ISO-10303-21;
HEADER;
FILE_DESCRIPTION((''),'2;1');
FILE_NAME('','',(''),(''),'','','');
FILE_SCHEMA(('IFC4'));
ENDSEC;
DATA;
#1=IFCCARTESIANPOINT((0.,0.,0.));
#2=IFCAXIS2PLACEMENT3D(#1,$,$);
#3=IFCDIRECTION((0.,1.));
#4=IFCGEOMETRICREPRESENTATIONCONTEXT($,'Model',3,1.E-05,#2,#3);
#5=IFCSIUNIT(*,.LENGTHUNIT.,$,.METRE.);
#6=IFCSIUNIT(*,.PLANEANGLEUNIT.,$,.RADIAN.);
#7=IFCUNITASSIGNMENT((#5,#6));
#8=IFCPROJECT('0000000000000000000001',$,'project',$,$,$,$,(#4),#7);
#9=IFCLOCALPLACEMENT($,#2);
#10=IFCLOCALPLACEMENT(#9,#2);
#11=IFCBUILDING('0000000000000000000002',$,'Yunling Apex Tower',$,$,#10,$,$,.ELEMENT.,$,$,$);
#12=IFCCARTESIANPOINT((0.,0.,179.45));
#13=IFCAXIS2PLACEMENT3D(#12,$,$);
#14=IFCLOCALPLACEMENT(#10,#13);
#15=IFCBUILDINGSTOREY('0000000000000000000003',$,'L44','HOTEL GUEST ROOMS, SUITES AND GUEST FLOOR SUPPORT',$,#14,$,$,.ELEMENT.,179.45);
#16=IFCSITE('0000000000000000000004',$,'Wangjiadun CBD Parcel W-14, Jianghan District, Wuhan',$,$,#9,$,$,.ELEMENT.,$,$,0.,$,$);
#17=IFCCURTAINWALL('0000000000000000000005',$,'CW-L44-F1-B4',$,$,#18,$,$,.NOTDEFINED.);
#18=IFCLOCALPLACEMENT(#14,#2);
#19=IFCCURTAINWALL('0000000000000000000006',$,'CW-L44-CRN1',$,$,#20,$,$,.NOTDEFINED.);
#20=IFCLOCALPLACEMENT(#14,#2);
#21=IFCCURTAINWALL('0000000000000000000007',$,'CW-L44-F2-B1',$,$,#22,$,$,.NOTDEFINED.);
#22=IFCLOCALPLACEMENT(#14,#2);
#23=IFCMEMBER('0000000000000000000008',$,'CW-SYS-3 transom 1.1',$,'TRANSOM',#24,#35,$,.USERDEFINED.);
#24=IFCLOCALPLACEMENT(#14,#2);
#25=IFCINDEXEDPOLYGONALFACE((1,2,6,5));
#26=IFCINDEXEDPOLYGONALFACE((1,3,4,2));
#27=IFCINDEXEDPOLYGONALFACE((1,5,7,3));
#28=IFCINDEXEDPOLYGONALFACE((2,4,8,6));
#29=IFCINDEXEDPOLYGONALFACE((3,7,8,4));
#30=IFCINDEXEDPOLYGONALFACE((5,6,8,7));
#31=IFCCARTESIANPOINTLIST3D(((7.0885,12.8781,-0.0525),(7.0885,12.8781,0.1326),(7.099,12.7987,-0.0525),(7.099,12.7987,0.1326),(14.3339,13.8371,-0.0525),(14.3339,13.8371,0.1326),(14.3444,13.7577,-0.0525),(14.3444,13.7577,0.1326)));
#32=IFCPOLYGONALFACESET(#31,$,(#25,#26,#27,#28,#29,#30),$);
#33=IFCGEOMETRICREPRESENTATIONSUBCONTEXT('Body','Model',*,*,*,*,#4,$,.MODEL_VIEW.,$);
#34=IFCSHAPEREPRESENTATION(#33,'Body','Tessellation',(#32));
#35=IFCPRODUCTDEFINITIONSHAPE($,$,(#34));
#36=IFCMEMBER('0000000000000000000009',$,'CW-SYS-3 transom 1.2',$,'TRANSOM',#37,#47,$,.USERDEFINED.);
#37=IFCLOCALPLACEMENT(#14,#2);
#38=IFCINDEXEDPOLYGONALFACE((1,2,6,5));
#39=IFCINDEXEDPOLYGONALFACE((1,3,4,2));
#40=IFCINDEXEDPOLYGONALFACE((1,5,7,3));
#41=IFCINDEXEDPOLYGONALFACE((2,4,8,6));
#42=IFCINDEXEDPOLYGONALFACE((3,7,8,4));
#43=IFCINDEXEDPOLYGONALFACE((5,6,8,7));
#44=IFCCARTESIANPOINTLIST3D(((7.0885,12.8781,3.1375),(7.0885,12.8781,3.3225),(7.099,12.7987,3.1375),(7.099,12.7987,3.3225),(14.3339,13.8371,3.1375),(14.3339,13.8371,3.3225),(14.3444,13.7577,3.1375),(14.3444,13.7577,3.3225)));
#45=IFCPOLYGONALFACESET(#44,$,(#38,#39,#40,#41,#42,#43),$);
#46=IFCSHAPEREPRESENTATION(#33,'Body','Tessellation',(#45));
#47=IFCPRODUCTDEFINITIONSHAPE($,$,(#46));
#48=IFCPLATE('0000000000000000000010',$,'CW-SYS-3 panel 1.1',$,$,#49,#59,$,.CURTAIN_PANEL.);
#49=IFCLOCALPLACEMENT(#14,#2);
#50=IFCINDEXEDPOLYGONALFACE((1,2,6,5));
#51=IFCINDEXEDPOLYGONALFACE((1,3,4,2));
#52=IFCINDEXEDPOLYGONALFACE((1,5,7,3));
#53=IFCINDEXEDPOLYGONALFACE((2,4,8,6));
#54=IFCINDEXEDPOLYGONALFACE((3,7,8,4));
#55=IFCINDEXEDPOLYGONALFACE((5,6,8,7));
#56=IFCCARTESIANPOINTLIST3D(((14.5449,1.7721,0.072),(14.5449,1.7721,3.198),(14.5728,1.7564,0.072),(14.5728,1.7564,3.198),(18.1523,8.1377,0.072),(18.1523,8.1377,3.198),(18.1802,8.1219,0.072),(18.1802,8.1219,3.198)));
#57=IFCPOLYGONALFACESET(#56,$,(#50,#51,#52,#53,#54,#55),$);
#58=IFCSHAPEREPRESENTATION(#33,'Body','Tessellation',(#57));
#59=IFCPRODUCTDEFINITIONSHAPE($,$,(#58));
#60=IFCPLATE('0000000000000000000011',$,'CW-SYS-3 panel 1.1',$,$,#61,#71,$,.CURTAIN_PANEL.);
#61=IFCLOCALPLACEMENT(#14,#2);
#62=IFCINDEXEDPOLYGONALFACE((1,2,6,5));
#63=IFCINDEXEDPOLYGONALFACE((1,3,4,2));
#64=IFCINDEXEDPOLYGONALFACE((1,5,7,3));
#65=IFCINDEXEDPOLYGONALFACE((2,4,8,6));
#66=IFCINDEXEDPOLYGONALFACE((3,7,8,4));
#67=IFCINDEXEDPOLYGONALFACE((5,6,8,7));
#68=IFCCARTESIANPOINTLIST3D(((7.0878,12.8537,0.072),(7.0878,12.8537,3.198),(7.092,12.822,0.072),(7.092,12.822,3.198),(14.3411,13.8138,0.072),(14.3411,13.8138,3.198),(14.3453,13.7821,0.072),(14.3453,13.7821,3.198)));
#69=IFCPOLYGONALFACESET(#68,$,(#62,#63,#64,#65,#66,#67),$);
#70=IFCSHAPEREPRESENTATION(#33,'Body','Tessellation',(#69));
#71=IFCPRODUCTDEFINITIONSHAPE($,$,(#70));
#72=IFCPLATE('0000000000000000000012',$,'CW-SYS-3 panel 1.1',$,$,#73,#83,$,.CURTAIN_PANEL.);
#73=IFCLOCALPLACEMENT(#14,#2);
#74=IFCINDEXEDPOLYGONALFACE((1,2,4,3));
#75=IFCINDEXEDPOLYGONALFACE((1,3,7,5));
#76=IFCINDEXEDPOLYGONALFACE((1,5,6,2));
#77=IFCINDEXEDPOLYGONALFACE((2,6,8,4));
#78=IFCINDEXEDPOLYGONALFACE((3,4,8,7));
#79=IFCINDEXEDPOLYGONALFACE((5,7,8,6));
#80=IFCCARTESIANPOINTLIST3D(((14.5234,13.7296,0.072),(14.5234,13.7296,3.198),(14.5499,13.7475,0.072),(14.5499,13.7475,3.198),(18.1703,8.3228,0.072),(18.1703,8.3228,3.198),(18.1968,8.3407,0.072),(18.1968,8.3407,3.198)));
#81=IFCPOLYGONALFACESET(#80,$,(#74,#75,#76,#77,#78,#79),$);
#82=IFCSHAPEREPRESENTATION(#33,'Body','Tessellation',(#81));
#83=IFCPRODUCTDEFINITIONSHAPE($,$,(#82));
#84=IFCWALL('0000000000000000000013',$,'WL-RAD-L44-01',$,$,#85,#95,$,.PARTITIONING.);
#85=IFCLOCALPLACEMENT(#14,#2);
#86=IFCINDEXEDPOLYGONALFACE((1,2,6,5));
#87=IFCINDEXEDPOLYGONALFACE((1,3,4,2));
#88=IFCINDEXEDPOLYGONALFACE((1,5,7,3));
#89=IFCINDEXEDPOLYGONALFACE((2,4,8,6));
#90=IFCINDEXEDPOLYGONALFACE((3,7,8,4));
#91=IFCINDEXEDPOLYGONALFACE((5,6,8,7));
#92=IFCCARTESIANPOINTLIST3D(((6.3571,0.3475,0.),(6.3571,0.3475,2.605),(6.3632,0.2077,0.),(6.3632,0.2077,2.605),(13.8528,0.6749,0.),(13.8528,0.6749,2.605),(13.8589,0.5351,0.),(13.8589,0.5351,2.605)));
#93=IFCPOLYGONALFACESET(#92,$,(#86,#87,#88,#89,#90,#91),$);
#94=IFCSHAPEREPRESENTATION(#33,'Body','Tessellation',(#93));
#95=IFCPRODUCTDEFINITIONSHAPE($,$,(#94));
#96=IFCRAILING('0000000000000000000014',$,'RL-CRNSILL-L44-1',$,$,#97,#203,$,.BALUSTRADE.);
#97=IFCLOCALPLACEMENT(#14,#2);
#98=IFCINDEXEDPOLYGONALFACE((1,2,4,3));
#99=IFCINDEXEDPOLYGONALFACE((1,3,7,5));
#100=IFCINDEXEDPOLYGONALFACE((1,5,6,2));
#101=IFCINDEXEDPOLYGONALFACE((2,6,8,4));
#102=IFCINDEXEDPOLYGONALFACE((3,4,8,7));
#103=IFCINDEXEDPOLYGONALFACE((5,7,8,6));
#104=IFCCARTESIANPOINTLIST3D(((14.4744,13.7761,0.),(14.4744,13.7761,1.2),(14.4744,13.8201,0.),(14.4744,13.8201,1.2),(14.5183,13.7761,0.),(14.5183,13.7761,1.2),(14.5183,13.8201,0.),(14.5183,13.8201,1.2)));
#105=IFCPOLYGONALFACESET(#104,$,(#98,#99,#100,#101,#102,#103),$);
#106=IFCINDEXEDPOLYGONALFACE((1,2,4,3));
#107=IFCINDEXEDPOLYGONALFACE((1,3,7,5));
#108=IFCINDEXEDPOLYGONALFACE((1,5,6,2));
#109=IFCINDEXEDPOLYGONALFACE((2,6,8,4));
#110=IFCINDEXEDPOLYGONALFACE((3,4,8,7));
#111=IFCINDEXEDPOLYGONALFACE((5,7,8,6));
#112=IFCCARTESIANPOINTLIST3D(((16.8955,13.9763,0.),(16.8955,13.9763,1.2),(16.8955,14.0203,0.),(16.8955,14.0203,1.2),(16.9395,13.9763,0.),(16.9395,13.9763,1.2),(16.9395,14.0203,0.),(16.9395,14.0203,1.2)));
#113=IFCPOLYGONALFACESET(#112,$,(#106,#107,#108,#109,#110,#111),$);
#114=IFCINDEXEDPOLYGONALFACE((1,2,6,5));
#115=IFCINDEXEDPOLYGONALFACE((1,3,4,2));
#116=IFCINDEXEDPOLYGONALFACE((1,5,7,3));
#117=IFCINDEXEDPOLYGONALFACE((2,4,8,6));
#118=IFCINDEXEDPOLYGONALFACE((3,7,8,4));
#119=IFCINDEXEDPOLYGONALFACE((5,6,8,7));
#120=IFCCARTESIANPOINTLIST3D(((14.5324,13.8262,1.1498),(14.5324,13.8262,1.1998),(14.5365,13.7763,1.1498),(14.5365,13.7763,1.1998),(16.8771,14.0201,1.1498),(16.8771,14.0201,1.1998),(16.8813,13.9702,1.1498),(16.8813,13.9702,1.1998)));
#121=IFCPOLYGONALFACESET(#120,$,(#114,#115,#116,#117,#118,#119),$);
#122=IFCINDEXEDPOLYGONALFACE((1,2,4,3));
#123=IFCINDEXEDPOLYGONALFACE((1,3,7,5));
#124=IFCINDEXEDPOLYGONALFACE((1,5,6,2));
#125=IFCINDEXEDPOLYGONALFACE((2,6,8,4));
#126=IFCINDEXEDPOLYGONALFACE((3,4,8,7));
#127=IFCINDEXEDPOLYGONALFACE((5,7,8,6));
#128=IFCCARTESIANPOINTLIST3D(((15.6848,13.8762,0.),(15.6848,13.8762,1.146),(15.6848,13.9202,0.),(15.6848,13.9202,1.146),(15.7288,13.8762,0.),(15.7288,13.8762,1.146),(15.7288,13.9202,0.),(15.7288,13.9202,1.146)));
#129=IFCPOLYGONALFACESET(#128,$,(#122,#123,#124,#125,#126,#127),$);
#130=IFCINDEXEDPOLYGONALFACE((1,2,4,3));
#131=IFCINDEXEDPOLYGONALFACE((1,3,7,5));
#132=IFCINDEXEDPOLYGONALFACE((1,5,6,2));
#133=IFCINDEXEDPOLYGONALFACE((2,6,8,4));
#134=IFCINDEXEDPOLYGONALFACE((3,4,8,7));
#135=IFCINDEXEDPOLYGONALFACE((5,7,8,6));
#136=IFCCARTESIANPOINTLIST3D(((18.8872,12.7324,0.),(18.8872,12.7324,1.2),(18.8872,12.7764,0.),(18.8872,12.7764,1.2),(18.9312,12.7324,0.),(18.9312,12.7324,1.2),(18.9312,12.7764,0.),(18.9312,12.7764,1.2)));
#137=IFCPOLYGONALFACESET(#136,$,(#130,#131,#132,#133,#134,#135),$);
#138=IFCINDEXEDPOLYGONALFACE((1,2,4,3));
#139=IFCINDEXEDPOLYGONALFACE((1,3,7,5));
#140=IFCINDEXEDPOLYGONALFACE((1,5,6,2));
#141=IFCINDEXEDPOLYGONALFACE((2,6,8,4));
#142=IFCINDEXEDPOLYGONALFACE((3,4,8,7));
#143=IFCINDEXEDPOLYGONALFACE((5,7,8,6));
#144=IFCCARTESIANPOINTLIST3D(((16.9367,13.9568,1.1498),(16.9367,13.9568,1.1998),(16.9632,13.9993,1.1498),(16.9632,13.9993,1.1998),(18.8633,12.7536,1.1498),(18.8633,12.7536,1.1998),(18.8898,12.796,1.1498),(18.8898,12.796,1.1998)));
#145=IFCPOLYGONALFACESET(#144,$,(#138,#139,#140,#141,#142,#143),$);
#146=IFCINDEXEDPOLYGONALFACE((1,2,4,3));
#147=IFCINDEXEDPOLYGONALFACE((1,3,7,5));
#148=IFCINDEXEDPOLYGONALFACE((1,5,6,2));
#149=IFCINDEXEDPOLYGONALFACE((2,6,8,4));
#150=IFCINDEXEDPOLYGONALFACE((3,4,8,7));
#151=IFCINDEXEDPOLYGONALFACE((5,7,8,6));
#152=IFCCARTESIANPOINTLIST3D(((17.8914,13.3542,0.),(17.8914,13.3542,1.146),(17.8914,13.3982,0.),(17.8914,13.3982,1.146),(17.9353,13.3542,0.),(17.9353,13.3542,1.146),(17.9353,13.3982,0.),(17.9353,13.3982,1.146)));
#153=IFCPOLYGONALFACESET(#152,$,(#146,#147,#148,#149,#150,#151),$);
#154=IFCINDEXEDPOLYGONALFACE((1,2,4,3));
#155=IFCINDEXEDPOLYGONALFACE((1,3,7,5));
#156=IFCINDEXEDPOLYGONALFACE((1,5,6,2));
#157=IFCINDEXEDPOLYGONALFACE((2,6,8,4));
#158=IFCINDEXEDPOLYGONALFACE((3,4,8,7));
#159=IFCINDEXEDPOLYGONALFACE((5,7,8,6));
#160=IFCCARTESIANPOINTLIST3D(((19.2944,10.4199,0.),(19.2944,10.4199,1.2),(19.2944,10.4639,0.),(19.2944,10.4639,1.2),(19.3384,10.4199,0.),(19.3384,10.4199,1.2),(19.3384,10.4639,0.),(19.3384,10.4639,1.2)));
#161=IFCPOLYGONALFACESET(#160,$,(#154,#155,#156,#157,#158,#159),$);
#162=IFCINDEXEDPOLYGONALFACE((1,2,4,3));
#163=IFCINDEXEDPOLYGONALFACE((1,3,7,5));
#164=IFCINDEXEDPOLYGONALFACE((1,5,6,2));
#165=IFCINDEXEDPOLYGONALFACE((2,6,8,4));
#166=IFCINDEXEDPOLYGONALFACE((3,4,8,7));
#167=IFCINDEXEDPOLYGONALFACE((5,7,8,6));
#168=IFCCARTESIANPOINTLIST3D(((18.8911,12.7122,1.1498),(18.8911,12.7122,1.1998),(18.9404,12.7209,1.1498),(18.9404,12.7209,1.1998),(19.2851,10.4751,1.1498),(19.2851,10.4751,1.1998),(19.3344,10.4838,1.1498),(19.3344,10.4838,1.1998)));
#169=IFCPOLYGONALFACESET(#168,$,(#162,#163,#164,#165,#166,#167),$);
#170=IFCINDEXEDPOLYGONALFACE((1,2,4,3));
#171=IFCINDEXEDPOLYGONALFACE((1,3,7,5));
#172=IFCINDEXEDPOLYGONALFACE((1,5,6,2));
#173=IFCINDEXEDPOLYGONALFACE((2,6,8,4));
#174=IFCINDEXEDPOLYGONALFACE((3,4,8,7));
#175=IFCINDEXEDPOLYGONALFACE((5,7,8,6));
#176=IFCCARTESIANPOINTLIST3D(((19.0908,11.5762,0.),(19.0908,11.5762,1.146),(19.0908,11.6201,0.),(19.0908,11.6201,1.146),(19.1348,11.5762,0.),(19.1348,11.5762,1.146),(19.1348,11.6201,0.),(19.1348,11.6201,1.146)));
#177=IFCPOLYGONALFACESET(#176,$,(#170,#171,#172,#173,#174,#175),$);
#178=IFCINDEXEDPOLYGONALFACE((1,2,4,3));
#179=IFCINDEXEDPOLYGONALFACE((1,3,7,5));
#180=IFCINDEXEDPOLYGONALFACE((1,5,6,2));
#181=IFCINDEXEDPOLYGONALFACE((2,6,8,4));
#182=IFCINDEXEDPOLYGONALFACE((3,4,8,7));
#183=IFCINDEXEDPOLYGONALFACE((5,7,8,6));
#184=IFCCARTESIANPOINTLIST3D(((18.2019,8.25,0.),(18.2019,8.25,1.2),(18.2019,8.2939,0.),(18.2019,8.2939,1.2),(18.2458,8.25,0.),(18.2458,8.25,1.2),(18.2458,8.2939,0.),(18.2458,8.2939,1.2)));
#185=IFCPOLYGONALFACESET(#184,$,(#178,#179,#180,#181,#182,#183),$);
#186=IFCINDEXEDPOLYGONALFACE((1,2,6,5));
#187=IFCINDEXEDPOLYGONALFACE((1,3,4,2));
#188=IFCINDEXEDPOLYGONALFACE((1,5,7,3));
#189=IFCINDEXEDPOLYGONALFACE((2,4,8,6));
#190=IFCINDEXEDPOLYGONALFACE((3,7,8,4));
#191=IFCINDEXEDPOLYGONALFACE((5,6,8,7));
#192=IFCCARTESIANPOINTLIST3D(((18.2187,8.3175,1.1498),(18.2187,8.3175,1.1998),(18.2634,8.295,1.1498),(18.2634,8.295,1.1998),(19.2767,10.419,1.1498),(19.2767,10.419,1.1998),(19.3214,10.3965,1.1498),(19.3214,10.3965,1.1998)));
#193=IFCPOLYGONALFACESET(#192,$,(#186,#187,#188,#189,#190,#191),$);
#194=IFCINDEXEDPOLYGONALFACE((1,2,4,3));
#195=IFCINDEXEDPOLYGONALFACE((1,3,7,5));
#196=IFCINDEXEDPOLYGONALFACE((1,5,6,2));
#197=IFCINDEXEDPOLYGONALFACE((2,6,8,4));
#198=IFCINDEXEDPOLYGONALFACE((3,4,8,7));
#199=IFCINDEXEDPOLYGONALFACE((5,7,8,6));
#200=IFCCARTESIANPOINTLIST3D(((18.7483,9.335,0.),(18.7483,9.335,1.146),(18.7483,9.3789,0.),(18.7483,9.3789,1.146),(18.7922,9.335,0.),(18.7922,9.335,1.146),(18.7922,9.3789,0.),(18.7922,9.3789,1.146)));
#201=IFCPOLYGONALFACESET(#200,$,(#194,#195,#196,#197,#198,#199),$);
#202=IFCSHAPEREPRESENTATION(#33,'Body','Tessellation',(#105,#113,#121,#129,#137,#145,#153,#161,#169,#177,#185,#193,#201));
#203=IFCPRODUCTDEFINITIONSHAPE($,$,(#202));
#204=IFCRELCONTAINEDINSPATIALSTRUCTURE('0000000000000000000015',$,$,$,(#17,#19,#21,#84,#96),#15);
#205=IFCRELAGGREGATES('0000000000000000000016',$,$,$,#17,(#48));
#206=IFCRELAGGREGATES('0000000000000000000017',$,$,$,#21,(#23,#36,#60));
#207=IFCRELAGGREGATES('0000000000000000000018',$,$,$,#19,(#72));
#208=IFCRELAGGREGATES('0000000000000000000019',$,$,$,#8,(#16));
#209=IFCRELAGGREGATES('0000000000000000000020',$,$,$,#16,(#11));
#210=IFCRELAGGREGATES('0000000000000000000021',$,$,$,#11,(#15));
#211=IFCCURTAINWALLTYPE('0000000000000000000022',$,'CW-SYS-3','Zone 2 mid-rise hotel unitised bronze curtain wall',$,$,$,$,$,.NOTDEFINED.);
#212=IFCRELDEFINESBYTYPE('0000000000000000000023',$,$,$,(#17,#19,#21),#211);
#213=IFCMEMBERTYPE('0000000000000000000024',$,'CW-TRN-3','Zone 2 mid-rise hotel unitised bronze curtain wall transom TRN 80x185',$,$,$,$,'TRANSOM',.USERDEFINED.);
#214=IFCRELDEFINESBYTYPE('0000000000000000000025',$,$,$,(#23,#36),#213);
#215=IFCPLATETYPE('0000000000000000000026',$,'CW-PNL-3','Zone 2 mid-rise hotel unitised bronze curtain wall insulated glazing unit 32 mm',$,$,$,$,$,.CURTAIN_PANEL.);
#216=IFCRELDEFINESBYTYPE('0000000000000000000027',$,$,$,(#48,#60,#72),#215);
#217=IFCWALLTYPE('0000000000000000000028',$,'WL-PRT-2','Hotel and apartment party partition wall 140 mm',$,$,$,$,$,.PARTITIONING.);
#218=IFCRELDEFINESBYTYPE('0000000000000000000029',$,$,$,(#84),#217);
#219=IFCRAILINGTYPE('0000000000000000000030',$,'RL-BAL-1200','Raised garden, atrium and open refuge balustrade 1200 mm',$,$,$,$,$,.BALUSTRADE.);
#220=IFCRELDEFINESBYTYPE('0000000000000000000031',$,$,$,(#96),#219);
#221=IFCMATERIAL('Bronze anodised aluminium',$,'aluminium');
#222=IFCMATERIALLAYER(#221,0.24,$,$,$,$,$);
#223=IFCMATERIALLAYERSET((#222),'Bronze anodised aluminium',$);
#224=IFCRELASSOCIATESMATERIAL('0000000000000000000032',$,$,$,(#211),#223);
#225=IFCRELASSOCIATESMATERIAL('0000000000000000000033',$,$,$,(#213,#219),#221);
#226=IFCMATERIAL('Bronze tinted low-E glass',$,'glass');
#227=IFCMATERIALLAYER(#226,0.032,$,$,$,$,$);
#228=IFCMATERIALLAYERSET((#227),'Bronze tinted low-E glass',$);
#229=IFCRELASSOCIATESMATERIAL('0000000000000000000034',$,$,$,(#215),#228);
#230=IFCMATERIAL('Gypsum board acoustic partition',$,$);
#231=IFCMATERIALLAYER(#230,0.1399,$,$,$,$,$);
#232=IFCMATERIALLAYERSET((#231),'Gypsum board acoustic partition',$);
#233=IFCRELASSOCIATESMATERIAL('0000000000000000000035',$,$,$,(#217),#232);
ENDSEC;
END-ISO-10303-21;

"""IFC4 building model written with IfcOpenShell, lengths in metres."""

from ifc_helpers import new_model, si_unit, direction, frame, frame_2d, origin, origin_2d, place, context, subcontext, project, spatial, rectangle, extrude, source, transform, mapped, material, layer, layer_set, material_profile, profile_set, type_object, element, aggregate, save


model = new_model("IFC4")

# Units and contexts
model_context = context("Model", 3, precision=1e-05, world=origin(), true_north=direction((0.0, 1.0)))
body_context = subcontext(model_context, "Body", "Model", "MODEL_VIEW")
ifc_project = project(units=[si_unit("LENGTHUNIT", "METRE"), si_unit("PLANEANGLEUNIT", "RADIAN")], contexts=[model_context])

# Site, building, storey
site_placement = place(None, origin())
site = spatial("IfcSite", under=ifc_project, at=site_placement, Name="Wangjiadun CBD Parcel W-14, Jianghan District, Wuhan", CompositionType="ELEMENT", RefElevation=0.0)
building_placement = place(site_placement, origin())
building = spatial("IfcBuilding", under=site, at=building_placement, Name="Yunling Apex Tower", CompositionType="ELEMENT")
storey_placement = place(building_placement, frame((0.0, 0.0, 179.45)))
storey = spatial("IfcBuildingStorey", under=building, at=storey_placement, Name="L44", Description="HOTEL GUEST ROOMS, SUITES AND GUEST FLOOR SUPPORT", CompositionType="ELEMENT", Elevation=179.45)

# Shared definitions
ifc_material_1 = material(Name="Bronze anodised aluminium", Category="aluminium")
ifc_layer_1 = layer(ifc_material_1, 0.24)
ifc_layer_set_1 = layer_set([ifc_layer_1], Name="Bronze anodised aluminium")
curtain_wall_type = type_object("IfcCurtainWallType", Name="CW-SYS-3", Description="Zone 2 mid-rise hotel unitised bronze curtain wall", PredefinedType="NOTDEFINED", material=ifc_layer_set_1)

# Curtain walls
curtain_wall_1_placement = place(storey_placement, origin())
curtain_wall_1 = element("IfcCurtainWall", 1, at=curtain_wall_1_placement, inside=storey, type_object=curtain_wall_type, Name="CW-L44-F1-B4", PredefinedType="NOTDEFINED")
curtain_wall_2_placement = place(storey_placement, origin())
curtain_wall_2 = element("IfcCurtainWall", 2, at=curtain_wall_2_placement, inside=storey, type_object=curtain_wall_type, Name="CW-L44-CRN1", PredefinedType="NOTDEFINED")
curtain_wall_3_placement = place(storey_placement, origin())
curtain_wall_3 = element("IfcCurtainWall", 3, at=curtain_wall_3_placement, inside=storey, type_object=curtain_wall_type, Name="CW-L44-F2-B1", PredefinedType="NOTDEFINED")
ifc_material_profile_1 = material_profile(ifc_material_1, rectangle(XDim=0.0801, YDim=0.1851, at=origin_2d()))
ifc_profile_set_1 = profile_set([ifc_material_profile_1], Name="Bronze anodised aluminium")
member_type_1 = type_object("IfcMemberType", Name="CW-TRN-3", Description="Zone 2 mid-rise hotel unitised bronze curtain wall transom TRN 80x185", ElementType="TRANSOM", PredefinedType="USERDEFINED", material=ifc_profile_set_1)

# Members
shared_shape_1 = source(origin(), body_context, "Body", "SweptSolid", [
    extrude(rectangle(XDim=0.0801, YDim=0.1851, at=origin_2d()), origin(), (0.0, 0.0, 1.0), 7.3086),
])
member_1_placement = place(storey_placement, frame((14.3391, 13.7974, 0.04), z_axis=(-0.991354, -0.131214, 0.0), x_axis=(0.131214, -0.991354, 0.0)))
member_1 = element("IfcMember", 4, at=member_1_placement, type_object=member_type_1, Name="CW-SYS-3 transom 1.1", ObjectType="TRANSOM", PredefinedType="USERDEFINED", context=body_context, shape_type="MappedRepresentation", body=[
    mapped(shared_shape_1, transform((0.0, 0.0, 0.0), scale=1.0)),
])
member_2_placement = place(storey_placement, frame((14.3391, 13.7974, 3.23), z_axis=(-0.991354, -0.131214, 0.0), x_axis=(0.131214, -0.991354, 0.0)))
member_2 = element("IfcMember", 5, at=member_2_placement, type_object=member_type_1, Name="CW-SYS-3 transom 1.2", ObjectType="TRANSOM", PredefinedType="USERDEFINED", context=body_context, shape_type="MappedRepresentation", body=[
    mapped(shared_shape_1, transform((0.0, 0.0, 0.0), scale=1.0)),
])

# Plates
ifc_material_2 = material(Name="Bronze tinted low-E glass", Category="glass")
ifc_layer_2 = layer(ifc_material_2, 0.032)
ifc_layer_set_2 = layer_set([ifc_layer_2], Name="Bronze tinted low-E glass")
plate_type = type_object("IfcPlateType", Name="CW-PNL-3", Description="Zone 2 mid-rise hotel unitised bronze curtain wall insulated glazing unit 32 mm", PredefinedType="CURTAIN_PANEL", material=ifc_layer_set_2)
shared_shape_2 = source(origin(), body_context, "Body", "SweptSolid", [
    extrude(rectangle(XDim=7.3167, YDim=0.032, at=origin_2d()), origin(), (0.0, 0.0, 1.0), 3.126),
])
plate_1_placement = place(storey_placement, frame((16.3625, 4.947, 0.072), z_axis=(0.0, 0.0, 1.0), x_axis=(0.493041, 0.870006, 0.0)))
plate_1 = element("IfcPlate", 6, at=plate_1_placement, type_object=plate_type, Name="CW-SYS-3 panel 1.1", PredefinedType="CURTAIN_PANEL", context=body_context, shape_type="MappedRepresentation", body=[
    mapped(shared_shape_2, transform((0.0, 0.0, 0.0), scale=1.0)),
])
aggregate(curtain_wall_1, [plate_1])
plate_2_placement = place(storey_placement, frame((10.7166, 13.3179, 0.072), z_axis=(0.0, 0.0, 1.0), x_axis=(-0.991353, -0.131222, 0.0)))
plate_2 = element("IfcPlate", 7, at=plate_2_placement, type_object=plate_type, Name="CW-SYS-3 panel 1.1", PredefinedType="CURTAIN_PANEL", context=body_context, shape_type="MappedRepresentation", body=[
    mapped(shared_shape_2, transform((0.0, 0.0, 0.0), scale=1.0)),
])
aggregate(curtain_wall_3, [member_1, member_2, plate_2])
shared_shape_3 = source(origin(), body_context, "Body", "SweptSolid", [
    extrude(rectangle(XDim=6.5217, YDim=0.032, at=origin_2d()), origin(), (0.0, 0.0, 1.0), 3.126),
])
plate_3_placement = place(storey_placement, frame((16.3601, 11.0352, 0.072), z_axis=(0.0, 0.0, 1.0), x_axis=(-0.559193, 0.829038, 0.0)))
plate_3 = element("IfcPlate", 8, at=plate_3_placement, type_object=plate_type, Name="CW-SYS-3 panel 1.1", PredefinedType="CURTAIN_PANEL", context=body_context, shape_type="MappedRepresentation", body=[
    mapped(shared_shape_3, transform((0.0, 0.0, 0.0), scale=1.0)),
])
aggregate(curtain_wall_2, [plate_3])

# Wall
ifc_material_3 = material(Name="Gypsum board acoustic partition")
ifc_layer_3 = layer(ifc_material_3, 0.1399)
ifc_layer_set_3 = layer_set([ifc_layer_3], Name="Gypsum board acoustic partition")
wall_type = type_object("IfcWallType", Name="WL-PRT-2", Description="Hotel and apartment party partition wall 140 mm", PredefinedType="PARTITIONING", material=ifc_layer_set_3)
wall_placement = place(storey_placement, frame((6.3601, 0.2776, 0.0), z_axis=(0.0, 0.0, 1.0), x_axis=(0.999048, 0.043635, 0.0)))
element("IfcWall", 9, at=wall_placement, inside=storey, type_object=wall_type, Name="WL-RAD-L44-01", PredefinedType="PARTITIONING", context=body_context, shape_type="SweptSolid", body=[
    extrude(rectangle(XDim=7.5029, YDim=0.1399, at=frame_2d((3.7515, 0.0))), origin(), (0.0, 0.0, 1.0), 2.605),
])

# Railing
railing_type = type_object("IfcRailingType", Name="RL-BAL-1200", Description="Raised garden, atrium and open refuge balustrade 1200 mm", PredefinedType="BALUSTRADE", material=ifc_material_1)
railing_1_placement = place(storey_placement, frame((14.4963, 13.7981, 0.0)))
element("IfcRailing", 10, at=railing_1_placement, inside=storey, type_object=railing_type, Name="RL-CRNSILL-L44-1", PredefinedType="BALUSTRADE", context=body_context, shape_type="SweptSolid", body=[
    extrude(rectangle(XDim=0.0439, YDim=0.0439, at=origin_2d()), origin(), (0.0, 0.0, 1.0), 1.2),
    extrude(rectangle(XDim=0.0439, YDim=0.0439, at=origin_2d()), frame((2.4211, 0.2002, 0.0)), (0.0, 0.0, 1.0), 1.2),
    extrude(rectangle(XDim=0.05, YDim=0.05, at=origin_2d()), frame((0.0381, 0.0032, 1.1748), z_axis=(0.996599, 0.082405, 0.0), x_axis=(-0.082405, 0.996599, 0.0)), (0.0, 0.0, 1.0), 2.3528),
    extrude(rectangle(XDim=0.0439, YDim=0.0439, at=origin_2d()), frame((1.2104, 0.1001, 0.0)), (0.0, 0.0, 1.0), 1.146),
    extrude(rectangle(XDim=0.0439, YDim=0.0439, at=origin_2d()), frame((4.4128, -1.0437, 0.0)), (0.0, 0.0, 1.0), 1.2),
    extrude(rectangle(XDim=0.05, YDim=0.05, at=origin_2d()), frame((2.4536, 0.1799, 1.1748), z_axis=(0.848173, -0.529719, 0.0), x_axis=(0.529719, 0.848173, 0.0)), (0.0, 0.0, 1.0), 2.2715),
    extrude(rectangle(XDim=0.0439, YDim=0.0439, at=origin_2d()), frame((3.417, -0.4219, 0.0)), (0.0, 0.0, 1.0), 1.146),
    extrude(rectangle(XDim=0.0439, YDim=0.0439, at=origin_2d()), frame((4.8201, -3.3562, 0.0)), (0.0, 0.0, 1.0), 1.2),
    extrude(rectangle(XDim=0.05, YDim=0.05, at=origin_2d()), frame((4.4194, -1.0815, 1.1748), z_axis=(0.173429, -0.984846, 0.0), x_axis=(0.984846, 0.173429, 0.0)), (0.0, 0.0, 1.0), 2.2715),
    extrude(rectangle(XDim=0.0439, YDim=0.0439, at=origin_2d()), frame((4.6165, -2.2, 0.0)), (0.0, 0.0, 1.0), 1.146),
    extrude(rectangle(XDim=0.0439, YDim=0.0439, at=origin_2d()), frame((3.7275, -5.5261, 0.0)), (0.0, 0.0, 1.0), 1.2),
    extrude(rectangle(XDim=0.05, YDim=0.05, at=origin_2d()), frame((4.8027, -3.3904, 1.1748), z_axis=(-0.449704, -0.893178, 0.0), x_axis=(0.893178, -0.449704, 0.0)), (0.0, 0.0, 1.0), 2.3528),
    extrude(rectangle(XDim=0.0439, YDim=0.0439, at=origin_2d()), frame((4.2739, -4.4412, 0.0)), (0.0, 0.0, 1.0), 1.146),
])

save(model, "model.ifc")
